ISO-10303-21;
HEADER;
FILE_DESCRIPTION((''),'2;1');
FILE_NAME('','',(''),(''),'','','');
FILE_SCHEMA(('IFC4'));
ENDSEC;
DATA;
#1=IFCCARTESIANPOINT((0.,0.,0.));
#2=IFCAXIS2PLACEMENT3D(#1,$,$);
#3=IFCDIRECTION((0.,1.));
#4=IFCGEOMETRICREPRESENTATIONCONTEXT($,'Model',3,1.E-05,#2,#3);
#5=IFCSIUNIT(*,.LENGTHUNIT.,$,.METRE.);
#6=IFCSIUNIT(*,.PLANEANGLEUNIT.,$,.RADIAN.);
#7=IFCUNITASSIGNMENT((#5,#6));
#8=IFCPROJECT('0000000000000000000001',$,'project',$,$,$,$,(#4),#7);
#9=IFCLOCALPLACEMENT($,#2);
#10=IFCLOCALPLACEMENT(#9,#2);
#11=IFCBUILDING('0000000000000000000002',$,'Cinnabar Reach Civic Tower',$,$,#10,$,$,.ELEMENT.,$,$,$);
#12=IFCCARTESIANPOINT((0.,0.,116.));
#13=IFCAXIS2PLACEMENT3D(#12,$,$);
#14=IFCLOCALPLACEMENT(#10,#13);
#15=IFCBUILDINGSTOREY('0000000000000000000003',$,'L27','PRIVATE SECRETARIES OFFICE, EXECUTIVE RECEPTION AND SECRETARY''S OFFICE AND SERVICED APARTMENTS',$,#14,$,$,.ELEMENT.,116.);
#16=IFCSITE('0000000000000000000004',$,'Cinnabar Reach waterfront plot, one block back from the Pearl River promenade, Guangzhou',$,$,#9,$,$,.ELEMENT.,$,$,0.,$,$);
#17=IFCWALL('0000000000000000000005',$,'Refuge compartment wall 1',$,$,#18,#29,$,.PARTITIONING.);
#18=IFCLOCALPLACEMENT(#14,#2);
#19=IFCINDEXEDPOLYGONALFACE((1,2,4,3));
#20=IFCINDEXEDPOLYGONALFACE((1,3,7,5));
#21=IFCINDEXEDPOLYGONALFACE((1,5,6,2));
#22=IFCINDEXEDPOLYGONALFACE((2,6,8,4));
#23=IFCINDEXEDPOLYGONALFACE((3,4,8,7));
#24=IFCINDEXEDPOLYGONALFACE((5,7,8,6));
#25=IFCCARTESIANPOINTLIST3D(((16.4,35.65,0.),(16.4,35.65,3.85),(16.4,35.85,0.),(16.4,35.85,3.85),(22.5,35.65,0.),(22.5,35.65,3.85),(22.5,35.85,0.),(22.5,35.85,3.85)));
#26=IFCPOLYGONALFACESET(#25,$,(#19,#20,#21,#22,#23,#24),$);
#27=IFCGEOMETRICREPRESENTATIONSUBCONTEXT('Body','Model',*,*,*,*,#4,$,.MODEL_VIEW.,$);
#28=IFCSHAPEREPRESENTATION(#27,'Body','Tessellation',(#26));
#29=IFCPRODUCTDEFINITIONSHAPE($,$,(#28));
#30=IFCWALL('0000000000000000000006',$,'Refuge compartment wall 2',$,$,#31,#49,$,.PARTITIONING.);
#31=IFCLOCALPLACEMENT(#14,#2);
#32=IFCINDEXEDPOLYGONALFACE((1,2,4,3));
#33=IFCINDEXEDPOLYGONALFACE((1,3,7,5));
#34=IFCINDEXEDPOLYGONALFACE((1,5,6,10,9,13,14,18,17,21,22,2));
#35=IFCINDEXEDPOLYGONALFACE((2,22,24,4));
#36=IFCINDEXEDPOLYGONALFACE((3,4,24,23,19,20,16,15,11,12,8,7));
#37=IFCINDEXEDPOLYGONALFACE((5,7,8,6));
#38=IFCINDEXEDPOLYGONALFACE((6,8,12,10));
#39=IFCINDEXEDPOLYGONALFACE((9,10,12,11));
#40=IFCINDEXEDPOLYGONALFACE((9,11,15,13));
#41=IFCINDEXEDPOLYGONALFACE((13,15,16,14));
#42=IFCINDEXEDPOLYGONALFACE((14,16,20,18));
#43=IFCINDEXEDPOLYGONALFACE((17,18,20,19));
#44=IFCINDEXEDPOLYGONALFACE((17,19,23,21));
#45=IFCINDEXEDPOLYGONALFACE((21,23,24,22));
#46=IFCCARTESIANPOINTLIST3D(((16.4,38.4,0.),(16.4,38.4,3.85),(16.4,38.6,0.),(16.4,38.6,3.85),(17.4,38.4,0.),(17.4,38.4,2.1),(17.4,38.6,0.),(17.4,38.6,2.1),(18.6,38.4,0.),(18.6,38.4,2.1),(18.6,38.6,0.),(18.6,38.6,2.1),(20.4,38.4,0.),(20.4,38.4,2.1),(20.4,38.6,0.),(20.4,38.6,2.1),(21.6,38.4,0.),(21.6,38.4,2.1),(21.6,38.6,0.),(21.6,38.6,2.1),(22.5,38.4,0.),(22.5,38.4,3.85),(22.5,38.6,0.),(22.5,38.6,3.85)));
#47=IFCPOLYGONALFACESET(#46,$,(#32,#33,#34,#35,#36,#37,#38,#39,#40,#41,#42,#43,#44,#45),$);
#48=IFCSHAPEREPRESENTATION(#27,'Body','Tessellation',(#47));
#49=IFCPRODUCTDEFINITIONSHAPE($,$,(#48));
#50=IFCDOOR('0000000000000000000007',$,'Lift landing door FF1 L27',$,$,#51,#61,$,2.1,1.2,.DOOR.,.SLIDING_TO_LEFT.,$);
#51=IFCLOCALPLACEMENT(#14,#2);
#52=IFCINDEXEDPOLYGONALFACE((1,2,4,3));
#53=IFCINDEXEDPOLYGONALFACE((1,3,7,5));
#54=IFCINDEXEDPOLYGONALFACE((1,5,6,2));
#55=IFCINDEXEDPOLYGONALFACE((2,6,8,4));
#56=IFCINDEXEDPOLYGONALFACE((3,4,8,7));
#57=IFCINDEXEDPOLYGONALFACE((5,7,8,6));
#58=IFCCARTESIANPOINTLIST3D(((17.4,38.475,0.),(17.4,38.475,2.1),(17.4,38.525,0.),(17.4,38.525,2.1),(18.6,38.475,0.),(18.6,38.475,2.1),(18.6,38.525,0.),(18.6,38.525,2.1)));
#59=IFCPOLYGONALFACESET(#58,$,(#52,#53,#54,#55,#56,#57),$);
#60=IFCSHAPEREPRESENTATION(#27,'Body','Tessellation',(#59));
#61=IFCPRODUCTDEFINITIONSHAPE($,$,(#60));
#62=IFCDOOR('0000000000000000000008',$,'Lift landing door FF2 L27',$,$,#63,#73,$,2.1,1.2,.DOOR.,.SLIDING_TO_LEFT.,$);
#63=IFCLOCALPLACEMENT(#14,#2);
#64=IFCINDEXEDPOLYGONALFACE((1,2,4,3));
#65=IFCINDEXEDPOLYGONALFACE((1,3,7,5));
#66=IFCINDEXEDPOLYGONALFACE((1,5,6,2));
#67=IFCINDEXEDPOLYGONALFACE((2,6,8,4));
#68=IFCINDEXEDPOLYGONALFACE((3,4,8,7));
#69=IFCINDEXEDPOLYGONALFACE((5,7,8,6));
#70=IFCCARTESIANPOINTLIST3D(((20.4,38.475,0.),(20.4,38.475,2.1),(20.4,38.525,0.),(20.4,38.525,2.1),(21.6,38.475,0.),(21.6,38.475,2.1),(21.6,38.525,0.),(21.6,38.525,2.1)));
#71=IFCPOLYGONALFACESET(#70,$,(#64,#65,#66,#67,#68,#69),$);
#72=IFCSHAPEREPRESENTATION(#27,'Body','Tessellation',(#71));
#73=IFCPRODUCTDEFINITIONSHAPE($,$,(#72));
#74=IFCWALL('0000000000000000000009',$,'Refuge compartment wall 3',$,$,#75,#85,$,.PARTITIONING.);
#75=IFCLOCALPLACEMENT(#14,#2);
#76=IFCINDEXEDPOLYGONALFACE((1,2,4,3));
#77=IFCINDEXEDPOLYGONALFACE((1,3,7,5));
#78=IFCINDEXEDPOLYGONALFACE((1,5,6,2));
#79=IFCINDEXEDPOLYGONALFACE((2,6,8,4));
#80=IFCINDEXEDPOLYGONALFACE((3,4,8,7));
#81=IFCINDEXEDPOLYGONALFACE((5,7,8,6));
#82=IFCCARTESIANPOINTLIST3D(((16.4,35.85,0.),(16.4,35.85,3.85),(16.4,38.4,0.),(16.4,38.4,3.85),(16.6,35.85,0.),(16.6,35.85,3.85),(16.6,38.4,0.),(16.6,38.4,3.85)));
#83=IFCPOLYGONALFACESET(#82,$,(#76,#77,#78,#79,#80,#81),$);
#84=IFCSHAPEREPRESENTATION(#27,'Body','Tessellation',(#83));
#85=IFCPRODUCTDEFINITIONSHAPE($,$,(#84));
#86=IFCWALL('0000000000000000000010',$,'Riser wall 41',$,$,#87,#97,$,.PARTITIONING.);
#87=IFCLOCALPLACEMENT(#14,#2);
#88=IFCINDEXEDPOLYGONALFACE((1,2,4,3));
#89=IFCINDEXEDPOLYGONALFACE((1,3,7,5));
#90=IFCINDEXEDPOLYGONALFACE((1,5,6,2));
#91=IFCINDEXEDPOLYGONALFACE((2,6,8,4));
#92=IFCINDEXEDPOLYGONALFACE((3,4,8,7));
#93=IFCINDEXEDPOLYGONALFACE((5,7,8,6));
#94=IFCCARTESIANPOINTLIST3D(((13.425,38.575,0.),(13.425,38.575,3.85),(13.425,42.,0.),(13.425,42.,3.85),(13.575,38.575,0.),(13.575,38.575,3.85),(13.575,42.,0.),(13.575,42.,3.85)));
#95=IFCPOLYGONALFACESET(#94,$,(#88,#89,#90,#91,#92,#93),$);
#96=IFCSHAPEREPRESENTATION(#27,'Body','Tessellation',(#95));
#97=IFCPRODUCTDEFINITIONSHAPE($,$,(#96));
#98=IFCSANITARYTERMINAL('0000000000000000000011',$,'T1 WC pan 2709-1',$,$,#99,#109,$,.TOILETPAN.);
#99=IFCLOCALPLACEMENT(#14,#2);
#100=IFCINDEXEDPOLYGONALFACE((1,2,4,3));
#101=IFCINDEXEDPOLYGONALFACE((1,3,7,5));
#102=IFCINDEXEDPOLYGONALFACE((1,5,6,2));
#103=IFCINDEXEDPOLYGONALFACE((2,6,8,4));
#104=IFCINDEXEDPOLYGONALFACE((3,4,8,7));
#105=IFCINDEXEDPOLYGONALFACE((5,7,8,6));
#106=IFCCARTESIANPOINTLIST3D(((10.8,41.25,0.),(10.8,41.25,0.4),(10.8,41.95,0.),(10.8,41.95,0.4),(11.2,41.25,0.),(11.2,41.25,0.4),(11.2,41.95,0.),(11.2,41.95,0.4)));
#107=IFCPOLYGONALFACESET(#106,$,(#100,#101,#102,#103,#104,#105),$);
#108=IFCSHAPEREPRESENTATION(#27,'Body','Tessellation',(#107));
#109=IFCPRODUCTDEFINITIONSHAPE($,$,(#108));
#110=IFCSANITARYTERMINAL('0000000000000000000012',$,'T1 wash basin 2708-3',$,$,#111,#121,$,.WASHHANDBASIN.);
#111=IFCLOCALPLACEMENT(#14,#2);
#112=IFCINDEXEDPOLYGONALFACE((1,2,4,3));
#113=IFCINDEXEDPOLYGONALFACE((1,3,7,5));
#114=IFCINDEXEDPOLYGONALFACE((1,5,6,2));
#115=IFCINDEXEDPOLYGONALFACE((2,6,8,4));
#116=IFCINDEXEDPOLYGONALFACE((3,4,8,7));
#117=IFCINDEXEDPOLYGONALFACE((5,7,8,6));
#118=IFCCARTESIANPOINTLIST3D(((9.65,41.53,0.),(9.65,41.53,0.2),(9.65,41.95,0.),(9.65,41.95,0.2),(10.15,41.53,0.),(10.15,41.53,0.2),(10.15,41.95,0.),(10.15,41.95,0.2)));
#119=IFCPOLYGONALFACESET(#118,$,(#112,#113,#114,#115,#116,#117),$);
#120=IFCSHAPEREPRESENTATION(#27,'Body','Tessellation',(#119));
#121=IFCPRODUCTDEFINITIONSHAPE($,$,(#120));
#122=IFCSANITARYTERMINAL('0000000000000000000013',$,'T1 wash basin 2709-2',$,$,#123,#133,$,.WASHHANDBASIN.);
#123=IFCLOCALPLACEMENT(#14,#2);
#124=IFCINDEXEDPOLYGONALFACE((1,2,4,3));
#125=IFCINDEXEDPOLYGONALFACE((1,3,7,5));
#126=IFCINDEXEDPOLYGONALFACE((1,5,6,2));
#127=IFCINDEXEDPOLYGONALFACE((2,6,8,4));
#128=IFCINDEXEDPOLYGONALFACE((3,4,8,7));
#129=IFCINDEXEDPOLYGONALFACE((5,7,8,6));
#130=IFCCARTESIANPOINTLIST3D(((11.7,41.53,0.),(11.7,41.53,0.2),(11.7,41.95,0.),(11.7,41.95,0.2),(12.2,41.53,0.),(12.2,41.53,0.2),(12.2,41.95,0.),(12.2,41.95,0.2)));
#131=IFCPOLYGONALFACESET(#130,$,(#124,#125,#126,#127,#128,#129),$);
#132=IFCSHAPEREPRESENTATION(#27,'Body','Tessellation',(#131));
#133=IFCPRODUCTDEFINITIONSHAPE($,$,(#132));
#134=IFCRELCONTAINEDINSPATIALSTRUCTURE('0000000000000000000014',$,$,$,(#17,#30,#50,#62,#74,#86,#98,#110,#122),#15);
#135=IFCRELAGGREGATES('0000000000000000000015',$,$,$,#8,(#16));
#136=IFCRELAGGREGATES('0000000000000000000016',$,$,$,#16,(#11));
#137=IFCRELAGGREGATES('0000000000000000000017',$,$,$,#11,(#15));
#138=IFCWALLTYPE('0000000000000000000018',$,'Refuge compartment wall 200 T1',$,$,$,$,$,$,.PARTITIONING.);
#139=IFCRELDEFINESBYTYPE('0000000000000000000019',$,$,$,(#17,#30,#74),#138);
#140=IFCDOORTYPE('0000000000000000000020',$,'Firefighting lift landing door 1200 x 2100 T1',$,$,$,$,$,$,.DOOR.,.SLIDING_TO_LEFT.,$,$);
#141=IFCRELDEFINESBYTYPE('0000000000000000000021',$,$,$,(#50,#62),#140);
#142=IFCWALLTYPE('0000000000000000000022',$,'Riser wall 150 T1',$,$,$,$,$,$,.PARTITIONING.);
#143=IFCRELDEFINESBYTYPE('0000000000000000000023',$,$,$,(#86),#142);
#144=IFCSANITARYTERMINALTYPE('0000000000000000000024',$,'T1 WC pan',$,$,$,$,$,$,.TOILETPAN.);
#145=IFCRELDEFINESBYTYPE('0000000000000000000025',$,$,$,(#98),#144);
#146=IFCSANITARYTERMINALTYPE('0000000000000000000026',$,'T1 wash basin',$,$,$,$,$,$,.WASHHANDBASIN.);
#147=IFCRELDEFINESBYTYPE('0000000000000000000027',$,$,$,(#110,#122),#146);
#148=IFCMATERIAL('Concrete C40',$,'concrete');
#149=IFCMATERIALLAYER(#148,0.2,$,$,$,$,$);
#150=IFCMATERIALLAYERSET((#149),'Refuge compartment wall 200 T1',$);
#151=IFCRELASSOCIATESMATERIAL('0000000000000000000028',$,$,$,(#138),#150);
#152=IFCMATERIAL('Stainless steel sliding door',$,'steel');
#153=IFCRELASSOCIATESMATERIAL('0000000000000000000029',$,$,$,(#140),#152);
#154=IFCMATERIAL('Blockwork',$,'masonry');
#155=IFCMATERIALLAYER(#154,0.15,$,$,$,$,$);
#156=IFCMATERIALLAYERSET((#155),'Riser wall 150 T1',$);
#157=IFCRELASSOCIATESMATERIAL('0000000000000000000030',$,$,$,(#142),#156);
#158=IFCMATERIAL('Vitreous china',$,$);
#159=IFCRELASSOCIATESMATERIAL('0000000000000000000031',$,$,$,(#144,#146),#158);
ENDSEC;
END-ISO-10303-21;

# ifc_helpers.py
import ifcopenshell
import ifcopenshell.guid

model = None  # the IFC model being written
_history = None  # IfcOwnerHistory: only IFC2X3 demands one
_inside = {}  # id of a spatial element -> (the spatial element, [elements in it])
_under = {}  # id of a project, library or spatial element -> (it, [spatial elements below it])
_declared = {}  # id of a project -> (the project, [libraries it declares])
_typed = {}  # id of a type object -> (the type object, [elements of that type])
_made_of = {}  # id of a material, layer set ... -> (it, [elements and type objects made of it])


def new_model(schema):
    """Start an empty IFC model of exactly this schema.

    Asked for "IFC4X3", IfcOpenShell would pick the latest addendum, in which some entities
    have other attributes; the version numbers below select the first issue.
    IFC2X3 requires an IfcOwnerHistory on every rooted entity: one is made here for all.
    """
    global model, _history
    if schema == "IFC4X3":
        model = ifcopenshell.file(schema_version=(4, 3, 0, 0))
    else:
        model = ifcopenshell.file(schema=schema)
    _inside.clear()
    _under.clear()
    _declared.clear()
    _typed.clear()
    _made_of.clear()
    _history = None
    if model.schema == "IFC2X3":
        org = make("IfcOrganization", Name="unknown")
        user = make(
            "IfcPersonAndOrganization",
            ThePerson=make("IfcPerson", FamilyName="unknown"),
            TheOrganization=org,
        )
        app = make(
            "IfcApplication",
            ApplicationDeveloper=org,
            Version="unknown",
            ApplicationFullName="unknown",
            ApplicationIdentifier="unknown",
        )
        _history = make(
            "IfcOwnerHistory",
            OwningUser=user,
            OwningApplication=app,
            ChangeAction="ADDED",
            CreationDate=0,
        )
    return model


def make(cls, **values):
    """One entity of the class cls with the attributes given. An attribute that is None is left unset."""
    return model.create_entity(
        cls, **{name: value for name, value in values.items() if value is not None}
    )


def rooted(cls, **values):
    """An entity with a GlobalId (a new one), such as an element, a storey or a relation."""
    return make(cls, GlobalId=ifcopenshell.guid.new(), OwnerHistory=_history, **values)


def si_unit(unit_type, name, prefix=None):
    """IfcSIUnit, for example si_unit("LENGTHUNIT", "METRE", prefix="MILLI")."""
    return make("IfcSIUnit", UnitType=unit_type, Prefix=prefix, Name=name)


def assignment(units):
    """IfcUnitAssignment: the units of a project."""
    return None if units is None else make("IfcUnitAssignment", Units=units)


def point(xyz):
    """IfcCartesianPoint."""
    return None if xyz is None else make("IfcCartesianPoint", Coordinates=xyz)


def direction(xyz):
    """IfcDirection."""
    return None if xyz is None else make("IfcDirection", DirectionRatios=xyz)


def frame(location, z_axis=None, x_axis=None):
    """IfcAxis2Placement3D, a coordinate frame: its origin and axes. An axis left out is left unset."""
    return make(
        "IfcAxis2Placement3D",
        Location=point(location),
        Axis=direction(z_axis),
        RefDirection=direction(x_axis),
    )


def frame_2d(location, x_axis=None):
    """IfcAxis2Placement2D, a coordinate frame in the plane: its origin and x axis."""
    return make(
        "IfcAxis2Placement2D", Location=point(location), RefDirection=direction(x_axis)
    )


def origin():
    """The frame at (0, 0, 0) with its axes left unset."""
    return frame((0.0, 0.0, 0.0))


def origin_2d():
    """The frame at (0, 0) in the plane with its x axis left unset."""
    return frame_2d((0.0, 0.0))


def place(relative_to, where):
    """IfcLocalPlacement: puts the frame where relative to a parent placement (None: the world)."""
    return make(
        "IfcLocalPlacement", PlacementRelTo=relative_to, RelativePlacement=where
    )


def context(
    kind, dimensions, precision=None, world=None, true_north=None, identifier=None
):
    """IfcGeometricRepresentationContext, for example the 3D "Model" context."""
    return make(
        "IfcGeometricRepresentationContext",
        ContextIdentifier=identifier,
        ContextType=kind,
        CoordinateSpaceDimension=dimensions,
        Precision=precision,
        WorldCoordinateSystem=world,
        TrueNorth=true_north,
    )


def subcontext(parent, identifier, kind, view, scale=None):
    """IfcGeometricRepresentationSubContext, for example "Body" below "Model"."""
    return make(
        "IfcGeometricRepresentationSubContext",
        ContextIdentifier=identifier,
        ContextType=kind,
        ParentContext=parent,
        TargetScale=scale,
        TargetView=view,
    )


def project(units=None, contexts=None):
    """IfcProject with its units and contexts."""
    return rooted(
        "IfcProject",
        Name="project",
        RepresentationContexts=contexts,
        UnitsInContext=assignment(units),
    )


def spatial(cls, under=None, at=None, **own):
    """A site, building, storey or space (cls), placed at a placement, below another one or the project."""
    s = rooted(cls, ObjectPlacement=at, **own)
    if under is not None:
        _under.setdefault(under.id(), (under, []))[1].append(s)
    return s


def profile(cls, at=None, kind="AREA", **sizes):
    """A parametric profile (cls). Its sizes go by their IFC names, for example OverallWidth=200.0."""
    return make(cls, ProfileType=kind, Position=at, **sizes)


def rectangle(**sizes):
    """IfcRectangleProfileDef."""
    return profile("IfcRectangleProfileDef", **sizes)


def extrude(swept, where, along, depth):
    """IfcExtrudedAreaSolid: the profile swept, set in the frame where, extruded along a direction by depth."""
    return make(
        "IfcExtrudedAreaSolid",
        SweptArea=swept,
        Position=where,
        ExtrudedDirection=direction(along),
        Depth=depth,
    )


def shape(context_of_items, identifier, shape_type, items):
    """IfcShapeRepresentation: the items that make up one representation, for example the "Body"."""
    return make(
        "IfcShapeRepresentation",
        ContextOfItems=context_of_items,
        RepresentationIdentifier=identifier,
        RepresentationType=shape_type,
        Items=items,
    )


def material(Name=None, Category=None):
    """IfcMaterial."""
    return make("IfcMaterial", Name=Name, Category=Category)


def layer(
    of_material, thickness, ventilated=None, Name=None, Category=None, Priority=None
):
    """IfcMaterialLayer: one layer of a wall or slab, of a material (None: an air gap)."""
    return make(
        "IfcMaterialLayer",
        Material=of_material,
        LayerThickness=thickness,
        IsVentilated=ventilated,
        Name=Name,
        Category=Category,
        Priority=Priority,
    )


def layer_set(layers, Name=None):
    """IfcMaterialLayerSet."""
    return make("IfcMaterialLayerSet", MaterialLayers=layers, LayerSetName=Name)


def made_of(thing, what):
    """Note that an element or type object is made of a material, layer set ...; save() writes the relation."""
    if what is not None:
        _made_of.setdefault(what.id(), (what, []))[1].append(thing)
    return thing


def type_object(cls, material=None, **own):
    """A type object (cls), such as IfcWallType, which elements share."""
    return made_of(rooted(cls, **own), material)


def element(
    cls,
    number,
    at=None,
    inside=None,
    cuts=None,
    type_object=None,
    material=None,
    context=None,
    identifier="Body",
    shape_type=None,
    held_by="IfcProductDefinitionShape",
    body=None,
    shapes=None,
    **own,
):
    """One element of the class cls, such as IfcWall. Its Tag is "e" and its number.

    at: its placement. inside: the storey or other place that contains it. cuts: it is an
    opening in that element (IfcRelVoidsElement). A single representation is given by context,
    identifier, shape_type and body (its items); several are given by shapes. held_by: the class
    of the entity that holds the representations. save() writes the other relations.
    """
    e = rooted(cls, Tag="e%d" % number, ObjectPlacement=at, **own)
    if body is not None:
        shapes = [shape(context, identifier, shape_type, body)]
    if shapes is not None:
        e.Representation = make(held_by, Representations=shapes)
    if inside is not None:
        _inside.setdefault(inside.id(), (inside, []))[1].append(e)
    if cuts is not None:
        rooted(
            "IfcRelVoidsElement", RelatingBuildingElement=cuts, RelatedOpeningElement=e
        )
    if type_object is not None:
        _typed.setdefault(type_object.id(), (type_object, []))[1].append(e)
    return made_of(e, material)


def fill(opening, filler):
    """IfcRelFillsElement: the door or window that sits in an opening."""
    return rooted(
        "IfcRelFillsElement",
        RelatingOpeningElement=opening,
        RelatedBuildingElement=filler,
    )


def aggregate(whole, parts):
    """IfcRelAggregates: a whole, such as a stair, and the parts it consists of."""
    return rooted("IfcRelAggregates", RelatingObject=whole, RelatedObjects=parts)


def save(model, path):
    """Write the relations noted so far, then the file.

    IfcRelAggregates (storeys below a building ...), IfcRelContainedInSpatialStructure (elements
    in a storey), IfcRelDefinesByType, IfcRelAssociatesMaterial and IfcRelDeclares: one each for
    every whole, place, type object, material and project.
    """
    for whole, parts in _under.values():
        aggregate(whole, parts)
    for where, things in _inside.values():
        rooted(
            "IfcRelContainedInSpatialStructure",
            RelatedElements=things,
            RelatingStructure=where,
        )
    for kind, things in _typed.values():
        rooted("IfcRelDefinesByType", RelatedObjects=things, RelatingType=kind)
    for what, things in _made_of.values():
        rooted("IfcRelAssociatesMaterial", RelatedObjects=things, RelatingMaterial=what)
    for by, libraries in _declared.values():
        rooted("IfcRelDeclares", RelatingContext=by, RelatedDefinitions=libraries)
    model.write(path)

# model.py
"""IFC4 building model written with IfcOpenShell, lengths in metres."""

from ifc_helpers import new_model, si_unit, direction, frame, frame_2d, origin, origin_2d, place, context, subcontext, project, spatial, rectangle, extrude, material, layer, layer_set, type_object, element, fill, save


model = new_model("IFC4")

# Units and contexts
model_context = context("Model", 3, precision=1e-05, world=origin(), true_north=direction((0.0, 1.0)))
body_context = subcontext(model_context, "Body", "Model", "MODEL_VIEW")
ifc_project = project(units=[si_unit("LENGTHUNIT", "METRE"), si_unit("PLANEANGLEUNIT", "RADIAN")], contexts=[model_context])

# Site, building, storey
site_placement = place(None, origin())
site = spatial("IfcSite", under=ifc_project, at=site_placement, Name="Cinnabar Reach waterfront plot, one block back from the Pearl River promenade, Guangzhou", CompositionType="ELEMENT", RefElevation=0.0)
building_placement = place(site_placement, origin())
building = spatial("IfcBuilding", under=site, at=building_placement, Name="Cinnabar Reach Civic Tower", CompositionType="ELEMENT")
storey_placement = place(building_placement, frame((0.0, 0.0, 116.0)))
storey = spatial("IfcBuildingStorey", under=building, at=storey_placement, Name="L27", Description="PRIVATE SECRETARIES OFFICE, EXECUTIVE RECEPTION AND SECRETARY'S OFFICE AND SERVICED APARTMENTS", CompositionType="ELEMENT", Elevation=116.0)

# Wall
ifc_material_1 = material(Name="Blockwork", Category="masonry")
ifc_material_2 = material(Name="Concrete C40", Category="concrete")
ifc_layer_1 = layer(ifc_material_2, 0.2)
ifc_layer_set_1 = layer_set([ifc_layer_1], Name="Refuge compartment wall 200 T1")
wall_type_1 = type_object("IfcWallType", Name="Refuge compartment wall 200 T1", PredefinedType="PARTITIONING", material=ifc_layer_set_1)
wall_1_placement = place(storey_placement, frame((16.4, 35.75, 0.0), z_axis=(0.0, 0.0, 1.0), x_axis=(1.0, 0.0, 0.0)))
element("IfcWall", 1, at=wall_1_placement, inside=storey, type_object=wall_type_1, Name="Refuge compartment wall 1", PredefinedType="PARTITIONING", context=body_context, shape_type="SweptSolid", body=[
    extrude(rectangle(XDim=6.1, YDim=0.2, at=frame_2d((3.05, 0.0))), origin(), (0.0, 0.0, 1.0), 3.85),
])

# Wall, openings, doors
wall_2_placement = place(storey_placement, frame((16.4, 38.5, 0.0), z_axis=(0.0, 0.0, 1.0), x_axis=(1.0, 0.0, 0.0)))
wall_2 = element("IfcWall", 2, at=wall_2_placement, inside=storey, type_object=wall_type_1, Name="Refuge compartment wall 2", PredefinedType="PARTITIONING", context=body_context, shape_type="SweptSolid", body=[
    extrude(rectangle(XDim=6.1, YDim=0.2, at=frame_2d((3.05, 0.0))), origin(), (0.0, 0.0, 1.0), 3.85),
])
opening_1_placement = place(wall_2_placement, frame((1.0, 0.0, 0.0)))
opening_1 = element("IfcOpeningElement", 3, at=opening_1_placement, cuts=wall_2, PredefinedType="OPENING", context=body_context, shape_type="SweptSolid", body=[
    extrude(rectangle(XDim=1.2, YDim=2.1, at=frame_2d((0.6, 1.05))), frame((0.0, 0.11, 0.0), z_axis=(0.0, -1.0, 0.0), x_axis=(1.0, 0.0, 0.0)), (0.0, 0.0, 1.0), 0.22),
])
opening_2_placement = place(wall_2_placement, frame((4.0, 0.0, 0.0)))
opening_2 = element("IfcOpeningElement", 4, at=opening_2_placement, cuts=wall_2, PredefinedType="OPENING", context=body_context, shape_type="SweptSolid", body=[
    extrude(rectangle(XDim=1.2, YDim=2.1, at=frame_2d((0.6, 1.05))), frame((0.0, 0.11, 0.0), z_axis=(0.0, -1.0, 0.0), x_axis=(1.0, 0.0, 0.0)), (0.0, 0.0, 1.0), 0.22),
])
ifc_material_3 = material(Name="Stainless steel sliding door", Category="steel")
door_type_1 = type_object("IfcDoorType", Name="Firefighting lift landing door 1200 x 2100 T1", OperationType="SLIDING_TO_LEFT", PredefinedType="DOOR", material=ifc_material_3)
door_1_placement = place(opening_1_placement, origin())
door_1 = element("IfcDoor", 5, at=door_1_placement, inside=storey, type_object=door_type_1, Name="Lift landing door FF1 L27", OperationType="SLIDING_TO_LEFT", OverallHeight=2.1, OverallWidth=1.2, PredefinedType="DOOR", context=body_context, shape_type="SweptSolid", body=[
    extrude(rectangle(XDim=1.2, YDim=2.1, at=frame_2d((0.6, 1.05))), frame((0.0, 0.025, 0.0), z_axis=(0.0, -1.0, 0.0), x_axis=(1.0, 0.0, 0.0)), (0.0, 0.0, 1.0), 0.05),
])
fill(opening_1, door_1)
door_2_placement = place(opening_2_placement, origin())
door_2 = element("IfcDoor", 6, at=door_2_placement, inside=storey, type_object=door_type_1, Name="Lift landing door FF2 L27", OperationType="SLIDING_TO_LEFT", OverallHeight=2.1, OverallWidth=1.2, PredefinedType="DOOR", context=body_context, shape_type="SweptSolid", body=[
    extrude(rectangle(XDim=1.2, YDim=2.1, at=frame_2d((0.6, 1.05))), frame((0.0, 0.025, 0.0), z_axis=(0.0, -1.0, 0.0), x_axis=(1.0, 0.0, 0.0)), (0.0, 0.0, 1.0), 0.05),
])
fill(opening_2, door_2)

# Walls
wall_3_placement = place(storey_placement, frame((16.5, 35.85, 0.0), z_axis=(0.0, 0.0, 1.0), x_axis=(0.0, 1.0, 0.0)))
element("IfcWall", 7, at=wall_3_placement, inside=storey, type_object=wall_type_1, Name="Refuge compartment wall 3", PredefinedType="PARTITIONING", context=body_context, shape_type="SweptSolid", body=[
    extrude(rectangle(XDim=2.55, YDim=0.2, at=frame_2d((1.275, 0.0))), origin(), (0.0, 0.0, 1.0), 3.85),
])
ifc_layer_2 = layer(ifc_material_1, 0.15)
ifc_layer_set_2 = layer_set([ifc_layer_2], Name="Riser wall 150 T1")
wall_type_2 = type_object("IfcWallType", Name="Riser wall 150 T1", PredefinedType="PARTITIONING", material=ifc_layer_set_2)
wall_4_placement = place(storey_placement, frame((13.5, 38.575, 0.0), z_axis=(0.0, 0.0, 1.0), x_axis=(0.0, 1.0, 0.0)))
element("IfcWall", 8, at=wall_4_placement, inside=storey, type_object=wall_type_2, Name="Riser wall 41", PredefinedType="PARTITIONING", context=body_context, shape_type="SweptSolid", body=[
    extrude(rectangle(XDim=3.425, YDim=0.15, at=frame_2d((1.7125, 0.0))), origin(), (0.0, 0.0, 1.0), 3.85),
])

# Sanitary terminals
ifc_material_4 = material(Name="Vitreous china")
sanitary_terminal_type_1 = type_object("IfcSanitaryTerminalType", Name="T1 WC pan", PredefinedType="TOILETPAN", material=ifc_material_4)
sanitary_terminal_placement = place(storey_placement, frame((11.0, 41.6, 0.0), z_axis=(0.0, 0.0, 1.0), x_axis=(1.0, 0.0, 0.0)))
element("IfcSanitaryTerminal", 9, at=sanitary_terminal_placement, inside=storey, type_object=sanitary_terminal_type_1, Name="T1 WC pan 2709-1", PredefinedType="TOILETPAN", context=body_context, shape_type="SweptSolid", body=[
    extrude(rectangle(XDim=0.4, YDim=0.7, at=origin_2d()), origin(), (0.0, 0.0, 1.0), 0.4),
])
sanitary_terminal_type_2 = type_object("IfcSanitaryTerminalType", Name="T1 wash basin", PredefinedType="WASHHANDBASIN", material=ifc_material_4)
for number, where, z_axis, x_axis, name in (
    (10, (9.9, 41.74, 0.0), (0.0, 0.0, 1.0), (1.0, 0.0, 0.0), "T1 wash basin 2708-3"),
    (11, (11.95, 41.74, 0.0), (0.0, 0.0, 1.0), (1.0, 0.0, 0.0), "T1 wash basin 2709-2"),
):
    element("IfcSanitaryTerminal", number, at=place(storey_placement, frame(where, z_axis=z_axis, x_axis=x_axis)), inside=storey, type_object=sanitary_terminal_type_2, Name=name, PredefinedType="WASHHANDBASIN", context=body_context, shape_type="SweptSolid", body=[
        extrude(rectangle(XDim=0.5, YDim=0.42, at=origin_2d()), origin(), (0.0, 0.0, 1.0), 0.2),
    ])

save(model, "model.ifc")
